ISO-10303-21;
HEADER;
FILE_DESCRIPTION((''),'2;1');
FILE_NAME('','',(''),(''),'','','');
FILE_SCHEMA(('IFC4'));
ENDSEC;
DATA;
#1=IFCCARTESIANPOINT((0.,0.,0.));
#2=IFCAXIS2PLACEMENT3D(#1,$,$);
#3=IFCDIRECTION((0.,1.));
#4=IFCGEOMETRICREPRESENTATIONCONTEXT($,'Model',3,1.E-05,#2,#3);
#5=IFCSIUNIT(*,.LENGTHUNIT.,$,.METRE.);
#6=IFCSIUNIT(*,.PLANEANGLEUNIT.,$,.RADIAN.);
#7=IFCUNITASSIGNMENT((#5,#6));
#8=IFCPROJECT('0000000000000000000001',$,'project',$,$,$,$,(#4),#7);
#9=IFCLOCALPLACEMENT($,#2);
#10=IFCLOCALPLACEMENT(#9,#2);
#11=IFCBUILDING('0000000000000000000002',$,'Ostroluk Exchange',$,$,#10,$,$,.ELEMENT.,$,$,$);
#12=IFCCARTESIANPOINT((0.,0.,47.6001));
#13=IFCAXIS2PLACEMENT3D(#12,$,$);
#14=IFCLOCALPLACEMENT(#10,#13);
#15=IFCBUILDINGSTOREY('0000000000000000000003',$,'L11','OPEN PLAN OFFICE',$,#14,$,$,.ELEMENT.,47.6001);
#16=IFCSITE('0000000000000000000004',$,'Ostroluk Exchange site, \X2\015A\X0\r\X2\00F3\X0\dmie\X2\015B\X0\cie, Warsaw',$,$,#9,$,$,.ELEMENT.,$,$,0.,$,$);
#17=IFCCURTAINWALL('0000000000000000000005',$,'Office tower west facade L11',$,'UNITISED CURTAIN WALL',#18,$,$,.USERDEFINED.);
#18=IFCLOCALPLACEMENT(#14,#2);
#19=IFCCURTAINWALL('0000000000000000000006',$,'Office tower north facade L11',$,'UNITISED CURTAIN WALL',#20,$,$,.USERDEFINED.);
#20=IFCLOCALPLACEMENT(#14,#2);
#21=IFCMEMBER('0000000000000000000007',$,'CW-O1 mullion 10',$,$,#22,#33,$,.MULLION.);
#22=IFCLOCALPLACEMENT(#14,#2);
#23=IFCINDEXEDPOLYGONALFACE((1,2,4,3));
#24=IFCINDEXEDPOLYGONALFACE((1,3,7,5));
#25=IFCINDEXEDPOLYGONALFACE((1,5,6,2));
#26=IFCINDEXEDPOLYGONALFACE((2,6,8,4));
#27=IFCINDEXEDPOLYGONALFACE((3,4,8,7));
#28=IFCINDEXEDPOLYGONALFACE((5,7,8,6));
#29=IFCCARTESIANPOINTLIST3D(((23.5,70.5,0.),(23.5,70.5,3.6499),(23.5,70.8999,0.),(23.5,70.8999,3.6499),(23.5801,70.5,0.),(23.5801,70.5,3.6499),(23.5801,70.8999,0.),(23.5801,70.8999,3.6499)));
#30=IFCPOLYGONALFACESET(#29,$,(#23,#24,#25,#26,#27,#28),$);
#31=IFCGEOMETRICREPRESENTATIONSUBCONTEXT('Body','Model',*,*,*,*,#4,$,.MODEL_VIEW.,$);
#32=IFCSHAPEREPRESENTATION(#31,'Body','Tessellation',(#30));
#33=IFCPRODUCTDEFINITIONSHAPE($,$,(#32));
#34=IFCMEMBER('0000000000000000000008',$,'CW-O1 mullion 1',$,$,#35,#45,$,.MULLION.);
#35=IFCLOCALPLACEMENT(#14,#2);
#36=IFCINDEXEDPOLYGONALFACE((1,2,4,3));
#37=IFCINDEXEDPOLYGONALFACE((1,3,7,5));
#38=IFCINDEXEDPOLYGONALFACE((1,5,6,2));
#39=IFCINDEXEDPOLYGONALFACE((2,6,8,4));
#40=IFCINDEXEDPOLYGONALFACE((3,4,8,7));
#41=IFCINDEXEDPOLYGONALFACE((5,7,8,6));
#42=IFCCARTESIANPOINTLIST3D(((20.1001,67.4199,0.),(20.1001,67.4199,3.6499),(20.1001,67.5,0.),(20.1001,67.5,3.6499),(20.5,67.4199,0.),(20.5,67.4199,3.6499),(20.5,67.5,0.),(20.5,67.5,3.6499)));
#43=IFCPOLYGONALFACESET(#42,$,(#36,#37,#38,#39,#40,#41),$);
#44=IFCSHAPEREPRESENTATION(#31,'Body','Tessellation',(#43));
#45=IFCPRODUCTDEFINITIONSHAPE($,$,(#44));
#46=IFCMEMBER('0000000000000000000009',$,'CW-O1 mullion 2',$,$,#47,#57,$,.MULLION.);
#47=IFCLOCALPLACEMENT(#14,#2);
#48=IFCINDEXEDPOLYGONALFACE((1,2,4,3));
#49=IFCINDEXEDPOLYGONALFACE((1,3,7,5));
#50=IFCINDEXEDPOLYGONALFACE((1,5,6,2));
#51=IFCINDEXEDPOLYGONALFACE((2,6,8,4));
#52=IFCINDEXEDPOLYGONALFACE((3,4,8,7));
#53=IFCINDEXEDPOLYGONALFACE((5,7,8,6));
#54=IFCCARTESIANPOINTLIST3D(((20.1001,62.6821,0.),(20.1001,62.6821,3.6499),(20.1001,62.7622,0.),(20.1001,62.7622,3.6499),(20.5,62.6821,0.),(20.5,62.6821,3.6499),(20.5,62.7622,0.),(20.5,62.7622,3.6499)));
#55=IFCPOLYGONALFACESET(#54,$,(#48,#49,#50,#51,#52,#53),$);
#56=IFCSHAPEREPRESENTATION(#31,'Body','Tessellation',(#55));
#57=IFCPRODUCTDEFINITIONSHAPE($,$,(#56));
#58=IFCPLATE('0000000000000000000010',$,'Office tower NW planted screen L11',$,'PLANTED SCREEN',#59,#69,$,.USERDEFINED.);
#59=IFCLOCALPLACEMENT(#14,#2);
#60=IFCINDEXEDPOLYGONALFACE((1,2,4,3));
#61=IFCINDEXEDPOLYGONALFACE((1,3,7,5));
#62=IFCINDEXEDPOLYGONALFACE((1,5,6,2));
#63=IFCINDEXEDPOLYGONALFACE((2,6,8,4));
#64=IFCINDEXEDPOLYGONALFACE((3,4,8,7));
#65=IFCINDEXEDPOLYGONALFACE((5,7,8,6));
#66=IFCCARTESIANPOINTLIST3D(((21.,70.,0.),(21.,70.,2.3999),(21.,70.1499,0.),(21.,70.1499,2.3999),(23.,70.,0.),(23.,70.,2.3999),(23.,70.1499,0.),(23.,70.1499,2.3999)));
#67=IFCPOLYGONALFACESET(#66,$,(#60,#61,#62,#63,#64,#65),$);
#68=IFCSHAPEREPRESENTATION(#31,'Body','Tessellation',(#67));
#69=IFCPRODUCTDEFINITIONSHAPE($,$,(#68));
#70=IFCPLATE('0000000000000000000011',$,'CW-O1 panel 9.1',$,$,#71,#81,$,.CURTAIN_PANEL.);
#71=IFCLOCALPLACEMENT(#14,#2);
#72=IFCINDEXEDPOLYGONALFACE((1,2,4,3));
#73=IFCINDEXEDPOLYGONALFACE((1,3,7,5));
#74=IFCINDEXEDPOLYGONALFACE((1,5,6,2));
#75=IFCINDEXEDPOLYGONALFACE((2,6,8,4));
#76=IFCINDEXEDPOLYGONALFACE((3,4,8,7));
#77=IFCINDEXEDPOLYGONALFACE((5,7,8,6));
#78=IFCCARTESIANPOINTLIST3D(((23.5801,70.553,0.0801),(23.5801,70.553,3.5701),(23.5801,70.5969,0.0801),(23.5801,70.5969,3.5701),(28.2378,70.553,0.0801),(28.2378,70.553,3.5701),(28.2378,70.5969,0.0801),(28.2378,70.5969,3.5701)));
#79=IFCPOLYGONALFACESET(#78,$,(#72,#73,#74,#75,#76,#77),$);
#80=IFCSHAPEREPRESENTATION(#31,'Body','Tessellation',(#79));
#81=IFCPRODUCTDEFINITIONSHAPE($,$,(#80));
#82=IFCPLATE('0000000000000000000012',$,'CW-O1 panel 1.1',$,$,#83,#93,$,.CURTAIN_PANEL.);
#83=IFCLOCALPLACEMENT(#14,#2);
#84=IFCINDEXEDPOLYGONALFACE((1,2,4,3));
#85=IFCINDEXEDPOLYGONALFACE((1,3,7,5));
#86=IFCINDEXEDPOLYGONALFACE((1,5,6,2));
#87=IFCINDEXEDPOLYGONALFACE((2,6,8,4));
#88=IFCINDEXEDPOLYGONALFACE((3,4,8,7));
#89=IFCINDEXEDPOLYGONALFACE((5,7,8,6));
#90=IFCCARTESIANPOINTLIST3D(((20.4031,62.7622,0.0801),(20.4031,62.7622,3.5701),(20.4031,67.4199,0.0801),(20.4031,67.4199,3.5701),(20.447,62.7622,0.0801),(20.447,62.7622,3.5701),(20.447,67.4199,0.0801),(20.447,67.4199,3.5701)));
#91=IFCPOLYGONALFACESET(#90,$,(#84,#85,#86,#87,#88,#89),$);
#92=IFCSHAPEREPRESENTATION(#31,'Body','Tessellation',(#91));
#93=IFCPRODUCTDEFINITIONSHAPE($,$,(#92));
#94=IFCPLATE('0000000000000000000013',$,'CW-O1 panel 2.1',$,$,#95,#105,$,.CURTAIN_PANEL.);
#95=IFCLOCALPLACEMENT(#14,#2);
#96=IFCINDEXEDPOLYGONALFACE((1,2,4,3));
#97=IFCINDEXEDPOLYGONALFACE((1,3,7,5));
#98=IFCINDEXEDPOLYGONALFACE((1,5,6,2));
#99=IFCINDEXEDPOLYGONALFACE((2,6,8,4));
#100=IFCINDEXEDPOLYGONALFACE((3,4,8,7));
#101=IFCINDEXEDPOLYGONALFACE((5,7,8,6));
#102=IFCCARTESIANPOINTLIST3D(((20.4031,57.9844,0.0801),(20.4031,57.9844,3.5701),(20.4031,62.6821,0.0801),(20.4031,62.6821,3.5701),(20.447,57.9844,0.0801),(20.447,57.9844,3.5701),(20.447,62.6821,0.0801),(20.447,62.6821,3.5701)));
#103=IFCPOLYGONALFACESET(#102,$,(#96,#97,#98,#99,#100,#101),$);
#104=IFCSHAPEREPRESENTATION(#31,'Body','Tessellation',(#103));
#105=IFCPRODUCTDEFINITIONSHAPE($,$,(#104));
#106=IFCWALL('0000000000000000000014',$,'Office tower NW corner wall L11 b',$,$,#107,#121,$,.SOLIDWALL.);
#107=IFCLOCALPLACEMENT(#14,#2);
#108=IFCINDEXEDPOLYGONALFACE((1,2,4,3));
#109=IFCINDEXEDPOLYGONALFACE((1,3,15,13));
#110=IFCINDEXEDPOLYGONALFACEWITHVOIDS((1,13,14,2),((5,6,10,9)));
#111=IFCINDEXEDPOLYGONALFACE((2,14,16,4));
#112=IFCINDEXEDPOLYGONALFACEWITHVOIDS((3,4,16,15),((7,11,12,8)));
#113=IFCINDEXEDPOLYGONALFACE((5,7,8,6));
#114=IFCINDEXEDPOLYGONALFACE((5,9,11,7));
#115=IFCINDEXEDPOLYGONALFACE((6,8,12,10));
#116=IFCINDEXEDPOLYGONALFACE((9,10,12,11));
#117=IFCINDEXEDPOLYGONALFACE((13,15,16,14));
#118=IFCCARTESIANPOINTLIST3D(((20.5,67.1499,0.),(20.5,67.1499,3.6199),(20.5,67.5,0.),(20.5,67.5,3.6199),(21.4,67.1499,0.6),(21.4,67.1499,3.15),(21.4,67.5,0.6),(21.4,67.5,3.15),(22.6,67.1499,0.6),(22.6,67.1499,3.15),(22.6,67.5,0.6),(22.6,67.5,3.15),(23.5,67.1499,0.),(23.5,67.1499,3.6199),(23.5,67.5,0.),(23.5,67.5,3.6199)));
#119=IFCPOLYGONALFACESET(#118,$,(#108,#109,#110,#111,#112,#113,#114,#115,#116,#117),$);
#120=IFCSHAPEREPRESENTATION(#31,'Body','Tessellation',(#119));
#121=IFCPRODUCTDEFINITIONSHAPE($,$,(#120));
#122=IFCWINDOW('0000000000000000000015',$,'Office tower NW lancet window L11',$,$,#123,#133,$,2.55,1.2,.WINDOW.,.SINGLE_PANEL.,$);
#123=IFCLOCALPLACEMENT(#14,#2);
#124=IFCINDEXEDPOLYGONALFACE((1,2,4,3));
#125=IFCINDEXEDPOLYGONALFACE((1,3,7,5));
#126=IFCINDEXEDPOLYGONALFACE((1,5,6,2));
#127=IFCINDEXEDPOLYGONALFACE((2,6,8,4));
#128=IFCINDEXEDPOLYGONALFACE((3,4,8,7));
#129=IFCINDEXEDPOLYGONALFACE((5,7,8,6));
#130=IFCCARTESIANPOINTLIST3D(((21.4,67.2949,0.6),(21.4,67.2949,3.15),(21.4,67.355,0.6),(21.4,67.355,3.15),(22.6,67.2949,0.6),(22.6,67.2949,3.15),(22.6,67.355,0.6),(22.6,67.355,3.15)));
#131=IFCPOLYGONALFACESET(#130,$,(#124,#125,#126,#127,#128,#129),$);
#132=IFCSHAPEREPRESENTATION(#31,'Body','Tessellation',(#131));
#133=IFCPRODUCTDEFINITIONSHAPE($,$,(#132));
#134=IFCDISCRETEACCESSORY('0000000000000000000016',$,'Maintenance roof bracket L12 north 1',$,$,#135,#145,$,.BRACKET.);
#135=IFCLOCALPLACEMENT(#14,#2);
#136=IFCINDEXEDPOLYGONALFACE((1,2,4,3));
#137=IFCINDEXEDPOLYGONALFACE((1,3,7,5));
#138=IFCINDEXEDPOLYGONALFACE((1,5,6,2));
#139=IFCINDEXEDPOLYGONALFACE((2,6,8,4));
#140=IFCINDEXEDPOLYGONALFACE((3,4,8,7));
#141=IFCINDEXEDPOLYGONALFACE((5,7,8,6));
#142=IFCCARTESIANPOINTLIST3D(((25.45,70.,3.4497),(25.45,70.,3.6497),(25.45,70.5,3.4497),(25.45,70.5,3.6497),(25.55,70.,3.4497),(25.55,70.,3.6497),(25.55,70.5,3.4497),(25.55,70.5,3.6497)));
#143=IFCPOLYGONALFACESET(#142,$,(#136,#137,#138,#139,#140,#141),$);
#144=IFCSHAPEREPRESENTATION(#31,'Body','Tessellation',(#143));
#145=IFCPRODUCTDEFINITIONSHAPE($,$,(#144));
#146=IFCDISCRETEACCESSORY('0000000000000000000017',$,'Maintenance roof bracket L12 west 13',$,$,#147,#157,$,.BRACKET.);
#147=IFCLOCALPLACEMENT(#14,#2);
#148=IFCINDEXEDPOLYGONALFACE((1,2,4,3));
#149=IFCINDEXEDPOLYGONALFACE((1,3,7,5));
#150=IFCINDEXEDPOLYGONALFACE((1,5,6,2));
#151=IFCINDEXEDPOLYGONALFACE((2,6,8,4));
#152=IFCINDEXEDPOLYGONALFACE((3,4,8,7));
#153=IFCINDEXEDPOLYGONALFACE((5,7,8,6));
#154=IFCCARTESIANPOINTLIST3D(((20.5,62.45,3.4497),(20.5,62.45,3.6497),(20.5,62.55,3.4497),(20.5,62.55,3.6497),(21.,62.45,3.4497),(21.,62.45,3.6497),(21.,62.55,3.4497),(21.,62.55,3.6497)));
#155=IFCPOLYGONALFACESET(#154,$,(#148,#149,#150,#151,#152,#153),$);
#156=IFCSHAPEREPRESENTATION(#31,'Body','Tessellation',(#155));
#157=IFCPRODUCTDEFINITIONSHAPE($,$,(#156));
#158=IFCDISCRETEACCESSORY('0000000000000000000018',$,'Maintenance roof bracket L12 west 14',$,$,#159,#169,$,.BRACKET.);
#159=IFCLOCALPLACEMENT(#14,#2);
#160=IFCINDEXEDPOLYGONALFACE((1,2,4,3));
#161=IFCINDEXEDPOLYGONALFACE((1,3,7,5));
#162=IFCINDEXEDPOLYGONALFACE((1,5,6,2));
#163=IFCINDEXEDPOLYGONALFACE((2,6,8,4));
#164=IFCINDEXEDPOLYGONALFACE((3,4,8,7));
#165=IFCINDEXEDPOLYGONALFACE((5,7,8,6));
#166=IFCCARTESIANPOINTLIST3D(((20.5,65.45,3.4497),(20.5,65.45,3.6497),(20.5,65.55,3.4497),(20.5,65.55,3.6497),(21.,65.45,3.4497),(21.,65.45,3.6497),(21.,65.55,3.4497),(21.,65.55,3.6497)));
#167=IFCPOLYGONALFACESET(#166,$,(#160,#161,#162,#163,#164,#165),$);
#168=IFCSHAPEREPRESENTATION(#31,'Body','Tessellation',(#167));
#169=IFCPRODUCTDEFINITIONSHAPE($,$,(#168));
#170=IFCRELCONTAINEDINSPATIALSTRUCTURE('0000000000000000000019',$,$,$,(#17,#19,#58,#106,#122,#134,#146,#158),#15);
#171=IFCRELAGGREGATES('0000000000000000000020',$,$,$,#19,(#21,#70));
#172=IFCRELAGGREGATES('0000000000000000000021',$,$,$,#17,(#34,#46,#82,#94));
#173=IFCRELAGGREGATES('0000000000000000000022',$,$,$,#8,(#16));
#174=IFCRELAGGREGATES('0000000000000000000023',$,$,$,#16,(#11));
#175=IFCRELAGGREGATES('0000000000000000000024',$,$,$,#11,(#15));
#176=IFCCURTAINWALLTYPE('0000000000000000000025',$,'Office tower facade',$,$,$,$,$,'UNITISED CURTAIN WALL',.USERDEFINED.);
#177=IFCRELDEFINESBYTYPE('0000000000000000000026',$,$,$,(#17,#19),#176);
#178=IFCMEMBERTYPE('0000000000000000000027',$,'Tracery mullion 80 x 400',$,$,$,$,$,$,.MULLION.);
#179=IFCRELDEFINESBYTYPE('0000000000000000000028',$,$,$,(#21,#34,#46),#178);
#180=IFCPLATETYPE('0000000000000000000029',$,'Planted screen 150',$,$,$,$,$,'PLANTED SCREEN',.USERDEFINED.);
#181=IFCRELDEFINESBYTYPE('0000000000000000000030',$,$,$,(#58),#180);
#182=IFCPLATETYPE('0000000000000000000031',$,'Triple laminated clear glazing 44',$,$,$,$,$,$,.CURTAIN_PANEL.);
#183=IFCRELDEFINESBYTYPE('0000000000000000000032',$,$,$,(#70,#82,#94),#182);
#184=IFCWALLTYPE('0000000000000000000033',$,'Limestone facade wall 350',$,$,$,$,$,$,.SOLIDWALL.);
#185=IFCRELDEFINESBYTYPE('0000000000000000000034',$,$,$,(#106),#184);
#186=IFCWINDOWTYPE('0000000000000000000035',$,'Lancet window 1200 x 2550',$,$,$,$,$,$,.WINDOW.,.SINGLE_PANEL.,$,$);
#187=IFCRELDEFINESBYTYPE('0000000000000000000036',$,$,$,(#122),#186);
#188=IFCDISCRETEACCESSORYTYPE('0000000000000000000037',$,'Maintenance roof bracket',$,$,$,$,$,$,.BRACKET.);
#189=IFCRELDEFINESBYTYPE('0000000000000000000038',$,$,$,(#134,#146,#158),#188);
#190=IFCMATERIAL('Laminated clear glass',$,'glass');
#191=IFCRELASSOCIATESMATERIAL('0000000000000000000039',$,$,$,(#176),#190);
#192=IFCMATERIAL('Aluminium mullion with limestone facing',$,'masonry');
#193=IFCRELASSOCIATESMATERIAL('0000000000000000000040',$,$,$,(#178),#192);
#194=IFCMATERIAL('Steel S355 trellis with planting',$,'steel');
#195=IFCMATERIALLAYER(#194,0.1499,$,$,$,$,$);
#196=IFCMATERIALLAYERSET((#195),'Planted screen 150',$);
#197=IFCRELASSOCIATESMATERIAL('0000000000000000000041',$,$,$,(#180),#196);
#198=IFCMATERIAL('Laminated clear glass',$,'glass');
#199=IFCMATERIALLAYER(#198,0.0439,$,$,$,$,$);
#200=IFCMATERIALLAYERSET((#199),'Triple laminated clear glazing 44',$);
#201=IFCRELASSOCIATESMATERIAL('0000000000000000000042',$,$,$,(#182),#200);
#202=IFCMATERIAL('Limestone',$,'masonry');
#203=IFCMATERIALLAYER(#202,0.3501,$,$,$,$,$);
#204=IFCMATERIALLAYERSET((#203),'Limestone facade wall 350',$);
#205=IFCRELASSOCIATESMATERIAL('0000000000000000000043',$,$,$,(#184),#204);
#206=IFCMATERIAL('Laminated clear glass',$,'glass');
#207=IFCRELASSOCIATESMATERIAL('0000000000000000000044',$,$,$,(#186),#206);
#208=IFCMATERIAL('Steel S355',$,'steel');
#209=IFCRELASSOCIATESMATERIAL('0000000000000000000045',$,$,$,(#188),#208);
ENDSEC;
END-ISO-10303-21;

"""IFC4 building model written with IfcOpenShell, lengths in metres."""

from ifc_helpers import new_model, si_unit, direction, frame, frame_2d, origin, origin_2d, place, context, subcontext, project, spatial, rectangle, extrude, material, layer, layer_set, material_profile, profile_set, type_object, element, fill, aggregate, save


model = new_model("IFC4")

# Units and contexts
model_context = context("Model", 3, precision=1e-05, world=origin(), true_north=direction((0.0, 1.0)))
body_context = subcontext(model_context, "Body", "Model", "MODEL_VIEW")
ifc_project = project(units=[si_unit("LENGTHUNIT", "METRE"), si_unit("PLANEANGLEUNIT", "RADIAN")], contexts=[model_context])

# Site, building, storey
site_placement = place(None, origin())
site = spatial("IfcSite", under=ifc_project, at=site_placement, Name="Ostroluk Exchange site, Śródmieście, Warsaw", CompositionType="ELEMENT", RefElevation=0.0)
building_placement = place(site_placement, origin())
building = spatial("IfcBuilding", under=site, at=building_placement, Name="Ostroluk Exchange", CompositionType="ELEMENT")
storey_placement = place(building_placement, frame((0.0, 0.0, 47.6001)))
storey = spatial("IfcBuildingStorey", under=building, at=storey_placement, Name="L11", Description="OPEN PLAN OFFICE", CompositionType="ELEMENT", Elevation=47.6001)

# Curtain wall
ifc_material_1 = material(Name="Laminated clear glass", Category="glass")
curtain_wall_type = type_object("IfcCurtainWallType", Name="Office tower facade", ElementType="UNITISED CURTAIN WALL", PredefinedType="USERDEFINED", material=ifc_material_1)
curtain_wall_1_placement = place(storey_placement, origin())
curtain_wall_1 = element("IfcCurtainWall", 1, at=curtain_wall_1_placement, inside=storey, type_object=curtain_wall_type, Name="Office tower west facade L11", ObjectType="UNITISED CURTAIN WALL", PredefinedType="USERDEFINED")

# Curtain wall, member
curtain_wall_2_placement = place(storey_placement, origin())
curtain_wall_2 = element("IfcCurtainWall", 2, at=curtain_wall_2_placement, inside=storey, type_object=curtain_wall_type, Name="Office tower north facade L11", ObjectType="UNITISED CURTAIN WALL", PredefinedType="USERDEFINED")
ifc_material_2 = material(Name="Aluminium mullion with limestone facing", Category="masonry")
ifc_material_profile_1 = material_profile(ifc_material_2, rectangle(XDim=0.3999, YDim=0.0801, at=origin_2d()), Name="Tracery mullion 80 x 400")
ifc_profile_set_1 = profile_set([ifc_material_profile_1], Name="Aluminium mullion with limestone facing")
member_type_1 = type_object("IfcMemberType", Name="Tracery mullion 80 x 400", PredefinedType="MULLION", material=ifc_profile_set_1)
member_1_placement = place(storey_placement, frame((23.54, 70.7, 0.0), z_axis=(0.0, 0.0, 1.0), x_axis=(0.0, -1.0, 0.0)))
member_1 = element("IfcMember", 3, at=member_1_placement, type_object=member_type_1, Name="CW-O1 mullion 10", PredefinedType="MULLION", context=body_context, shape_type="SweptSolid", body=[
    extrude(rectangle(XDim=0.3999, YDim=0.0801, at=origin_2d()), origin(), (0.0, 0.0, 1.0), 3.6499),
])

# Members
member_2_placement = place(storey_placement, frame((20.3, 67.46, 0.0), z_axis=(0.0, 0.0, 1.0), x_axis=(1.0, 0.0, 0.0)))
member_2 = element("IfcMember", 4, at=member_2_placement, type_object=member_type_1, Name="CW-O1 mullion 1", PredefinedType="MULLION", context=body_context, shape_type="SweptSolid", body=[
    extrude(rectangle(XDim=0.3999, YDim=0.0801, at=origin_2d()), origin(), (0.0, 0.0, 1.0), 3.6499),
])
member_3_placement = place(storey_placement, frame((20.3, 62.7222, 0.0), z_axis=(0.0, 0.0, 1.0), x_axis=(1.0, 0.0, 0.0)))
member_3 = element("IfcMember", 5, at=member_3_placement, type_object=member_type_1, Name="CW-O1 mullion 2", PredefinedType="MULLION", context=body_context, shape_type="SweptSolid", body=[
    extrude(rectangle(XDim=0.3999, YDim=0.0801, at=origin_2d()), origin(), (0.0, 0.0, 1.0), 3.6499),
])

# Plates
ifc_material_3 = material(Name="Steel S355 trellis with planting", Category="steel")
ifc_layer_1 = layer(ifc_material_3, 0.1499)
ifc_layer_set_1 = layer_set([ifc_layer_1], Name="Planted screen 150")
plate_type_1 = type_object("IfcPlateType", Name="Planted screen 150", ElementType="PLANTED SCREEN", PredefinedType="USERDEFINED", material=ifc_layer_set_1)
plate_1_placement = place(storey_placement, frame((22.0, 70.075, 0.0), z_axis=(0.0, 0.0, 1.0), x_axis=(1.0, 0.0, 0.0)))
element("IfcPlate", 6, at=plate_1_placement, inside=storey, type_object=plate_type_1, Name="Office tower NW planted screen L11", ObjectType="PLANTED SCREEN", PredefinedType="USERDEFINED", context=body_context, shape_type="SweptSolid", body=[
    extrude(rectangle(XDim=2.0, YDim=0.1499, at=origin_2d()), origin(), (0.0, 0.0, 1.0), 2.3999),
])
ifc_material_4 = material(Name="Laminated clear glass", Category="glass")
ifc_layer_2 = layer(ifc_material_4, 0.0439)
ifc_layer_set_2 = layer_set([ifc_layer_2], Name="Triple laminated clear glazing 44")
plate_type_2 = type_object("IfcPlateType", Name="Triple laminated clear glazing 44", PredefinedType="CURTAIN_PANEL", material=ifc_layer_set_2)
plate_2_placement = place(storey_placement, frame((25.9089, 70.575, 0.0801), z_axis=(0.0, 0.0, 1.0), x_axis=(-1.0, 0.0, 0.0)))
plate_2 = element("IfcPlate", 7, at=plate_2_placement, type_object=plate_type_2, Name="CW-O1 panel 9.1", PredefinedType="CURTAIN_PANEL", context=body_context, shape_type="SweptSolid", body=[
    extrude(rectangle(XDim=4.6577, YDim=0.0439, at=origin_2d()), origin(), (0.0, 0.0, 1.0), 3.49),
])
aggregate(curtain_wall_2, [member_1, plate_2])
plate_3_placement = place(storey_placement, frame((20.425, 65.0911, 0.0801), z_axis=(0.0, 0.0, 1.0), x_axis=(0.0, -1.0, 0.0)))
plate_3 = element("IfcPlate", 8, at=plate_3_placement, type_object=plate_type_2, Name="CW-O1 panel 1.1", PredefinedType="CURTAIN_PANEL", context=body_context, shape_type="SweptSolid", body=[
    extrude(rectangle(XDim=4.6577, YDim=0.0439, at=origin_2d()), origin(), (0.0, 0.0, 1.0), 3.49),
])
plate_4_placement = place(storey_placement, frame((20.425, 60.3333, 0.0801), z_axis=(0.0, 0.0, 1.0), x_axis=(0.0, -1.0, 0.0)))
plate_4 = element("IfcPlate", 9, at=plate_4_placement, type_object=plate_type_2, Name="CW-O1 panel 2.1", PredefinedType="CURTAIN_PANEL", context=body_context, shape_type="SweptSolid", body=[
    extrude(rectangle(XDim=4.6978, YDim=0.0439, at=origin_2d()), origin(), (0.0, 0.0, 1.0), 3.49),
])
aggregate(curtain_wall_1, [member_2, member_3, plate_3, plate_4])

# Shared definitions
ifc_material_5 = material(Name="Limestone", Category="masonry")
ifc_layer_3 = layer(ifc_material_5, 0.3501)
ifc_layer_set_3 = layer_set([ifc_layer_3], Name="Limestone facade wall 350")
wall_type = type_object("IfcWallType", Name="Limestone facade wall 350", PredefinedType="SOLIDWALL", material=ifc_layer_set_3)

# Wall, opening, window
wall_1_placement = place(storey_placement, frame((23.5, 67.325, 0.0), z_axis=(0.0, 0.0, 1.0), x_axis=(-1.0, 0.0, 0.0)))
wall_1 = element("IfcWall", 10, at=wall_1_placement, inside=storey, type_object=wall_type, Name="Office tower NW corner wall L11 b", PredefinedType="SOLIDWALL", context=body_context, shape_type="SweptSolid", body=[
    extrude(rectangle(XDim=3.0, YDim=0.3501, at=frame_2d((1.5, 0.0))), origin(), (0.0, 0.0, 1.0), 3.6199),
])
opening_1_placement = place(wall_1_placement, frame((0.8999, 0.0, 0.6001)))
opening_1 = element("IfcOpeningElement", 11, at=opening_1_placement, cuts=wall_1, PredefinedType="OPENING", context=body_context, shape_type="SweptSolid", body=[
    extrude(rectangle(XDim=1.2, YDim=2.55, at=frame_2d((0.6001, 1.2749))), frame((0.0, 0.1851, 0.0), z_axis=(0.0, -1.0, 0.0), x_axis=(1.0, 0.0, 0.0)), (0.0, 0.0, 1.0), 0.3701),
])
ifc_material_6 = material(Name="Laminated clear glass", Category="glass")
window_type = type_object("IfcWindowType", Name="Lancet window 1200 x 2550", PartitioningType="SINGLE_PANEL", PredefinedType="WINDOW", material=ifc_material_6)
window_placement = place(opening_1_placement, origin())
window = element("IfcWindow", 12, at=window_placement, inside=storey, type_object=window_type, Name="Office tower NW lancet window L11", OverallHeight=2.55, OverallWidth=1.2, PartitioningType="SINGLE_PANEL", PredefinedType="WINDOW", context=body_context, shape_type="SweptSolid", body=[
    extrude(rectangle(XDim=1.2, YDim=2.55, at=frame_2d((0.6001, 1.2749))), frame((0.0, 0.03, 0.0), z_axis=(0.0, -1.0, 0.0), x_axis=(1.0, 0.0, 0.0)), (0.0, 0.0, 1.0), 0.0601),
])
fill(opening_1, window)

# Discrete accessories
ifc_material_7 = material(Name="Steel S355", Category="steel")
discrete_accessory_type = type_object("IfcDiscreteAccessoryType", Name="Maintenance roof bracket", PredefinedType="BRACKET", material=ifc_material_7)
discrete_accessory_placement = place(storey_placement, frame((25.5, 70.25, 3.4497), z_axis=(0.0, 0.0, 1.0), x_axis=(1.0, 0.0, 0.0)))
element("IfcDiscreteAccessory", 13, at=discrete_accessory_placement, inside=storey, type_object=discrete_accessory_type, Name="Maintenance roof bracket L12 north 1", PredefinedType="BRACKET", context=body_context, shape_type="SweptSolid", body=[
    extrude(rectangle(XDim=0.1001, YDim=0.5, at=origin_2d()), origin(), (0.0, 0.0, 1.0), 0.2),
])
for number, where, z_axis, x_axis, name in (
    (14, (20.75, 62.5, 3.4497), (0.0, 0.0, 1.0), (1.0, 0.0, 0.0), "Maintenance roof bracket L12 west 13"),
    (15, (20.75, 65.5, 3.4497), (0.0, 0.0, 1.0), (1.0, 0.0, 0.0), "Maintenance roof bracket L12 west 14"),
):
    element("IfcDiscreteAccessory", number, at=place(storey_placement, frame(where, z_axis=z_axis, x_axis=x_axis)), inside=storey, type_object=discrete_accessory_type, Name=name, PredefinedType="BRACKET", context=body_context, shape_type="SweptSolid", body=[
        extrude(rectangle(XDim=0.5, YDim=0.1001, at=origin_2d()), origin(), (0.0, 0.0, 1.0), 0.2),
    ])

save(model, "model.ifc")
